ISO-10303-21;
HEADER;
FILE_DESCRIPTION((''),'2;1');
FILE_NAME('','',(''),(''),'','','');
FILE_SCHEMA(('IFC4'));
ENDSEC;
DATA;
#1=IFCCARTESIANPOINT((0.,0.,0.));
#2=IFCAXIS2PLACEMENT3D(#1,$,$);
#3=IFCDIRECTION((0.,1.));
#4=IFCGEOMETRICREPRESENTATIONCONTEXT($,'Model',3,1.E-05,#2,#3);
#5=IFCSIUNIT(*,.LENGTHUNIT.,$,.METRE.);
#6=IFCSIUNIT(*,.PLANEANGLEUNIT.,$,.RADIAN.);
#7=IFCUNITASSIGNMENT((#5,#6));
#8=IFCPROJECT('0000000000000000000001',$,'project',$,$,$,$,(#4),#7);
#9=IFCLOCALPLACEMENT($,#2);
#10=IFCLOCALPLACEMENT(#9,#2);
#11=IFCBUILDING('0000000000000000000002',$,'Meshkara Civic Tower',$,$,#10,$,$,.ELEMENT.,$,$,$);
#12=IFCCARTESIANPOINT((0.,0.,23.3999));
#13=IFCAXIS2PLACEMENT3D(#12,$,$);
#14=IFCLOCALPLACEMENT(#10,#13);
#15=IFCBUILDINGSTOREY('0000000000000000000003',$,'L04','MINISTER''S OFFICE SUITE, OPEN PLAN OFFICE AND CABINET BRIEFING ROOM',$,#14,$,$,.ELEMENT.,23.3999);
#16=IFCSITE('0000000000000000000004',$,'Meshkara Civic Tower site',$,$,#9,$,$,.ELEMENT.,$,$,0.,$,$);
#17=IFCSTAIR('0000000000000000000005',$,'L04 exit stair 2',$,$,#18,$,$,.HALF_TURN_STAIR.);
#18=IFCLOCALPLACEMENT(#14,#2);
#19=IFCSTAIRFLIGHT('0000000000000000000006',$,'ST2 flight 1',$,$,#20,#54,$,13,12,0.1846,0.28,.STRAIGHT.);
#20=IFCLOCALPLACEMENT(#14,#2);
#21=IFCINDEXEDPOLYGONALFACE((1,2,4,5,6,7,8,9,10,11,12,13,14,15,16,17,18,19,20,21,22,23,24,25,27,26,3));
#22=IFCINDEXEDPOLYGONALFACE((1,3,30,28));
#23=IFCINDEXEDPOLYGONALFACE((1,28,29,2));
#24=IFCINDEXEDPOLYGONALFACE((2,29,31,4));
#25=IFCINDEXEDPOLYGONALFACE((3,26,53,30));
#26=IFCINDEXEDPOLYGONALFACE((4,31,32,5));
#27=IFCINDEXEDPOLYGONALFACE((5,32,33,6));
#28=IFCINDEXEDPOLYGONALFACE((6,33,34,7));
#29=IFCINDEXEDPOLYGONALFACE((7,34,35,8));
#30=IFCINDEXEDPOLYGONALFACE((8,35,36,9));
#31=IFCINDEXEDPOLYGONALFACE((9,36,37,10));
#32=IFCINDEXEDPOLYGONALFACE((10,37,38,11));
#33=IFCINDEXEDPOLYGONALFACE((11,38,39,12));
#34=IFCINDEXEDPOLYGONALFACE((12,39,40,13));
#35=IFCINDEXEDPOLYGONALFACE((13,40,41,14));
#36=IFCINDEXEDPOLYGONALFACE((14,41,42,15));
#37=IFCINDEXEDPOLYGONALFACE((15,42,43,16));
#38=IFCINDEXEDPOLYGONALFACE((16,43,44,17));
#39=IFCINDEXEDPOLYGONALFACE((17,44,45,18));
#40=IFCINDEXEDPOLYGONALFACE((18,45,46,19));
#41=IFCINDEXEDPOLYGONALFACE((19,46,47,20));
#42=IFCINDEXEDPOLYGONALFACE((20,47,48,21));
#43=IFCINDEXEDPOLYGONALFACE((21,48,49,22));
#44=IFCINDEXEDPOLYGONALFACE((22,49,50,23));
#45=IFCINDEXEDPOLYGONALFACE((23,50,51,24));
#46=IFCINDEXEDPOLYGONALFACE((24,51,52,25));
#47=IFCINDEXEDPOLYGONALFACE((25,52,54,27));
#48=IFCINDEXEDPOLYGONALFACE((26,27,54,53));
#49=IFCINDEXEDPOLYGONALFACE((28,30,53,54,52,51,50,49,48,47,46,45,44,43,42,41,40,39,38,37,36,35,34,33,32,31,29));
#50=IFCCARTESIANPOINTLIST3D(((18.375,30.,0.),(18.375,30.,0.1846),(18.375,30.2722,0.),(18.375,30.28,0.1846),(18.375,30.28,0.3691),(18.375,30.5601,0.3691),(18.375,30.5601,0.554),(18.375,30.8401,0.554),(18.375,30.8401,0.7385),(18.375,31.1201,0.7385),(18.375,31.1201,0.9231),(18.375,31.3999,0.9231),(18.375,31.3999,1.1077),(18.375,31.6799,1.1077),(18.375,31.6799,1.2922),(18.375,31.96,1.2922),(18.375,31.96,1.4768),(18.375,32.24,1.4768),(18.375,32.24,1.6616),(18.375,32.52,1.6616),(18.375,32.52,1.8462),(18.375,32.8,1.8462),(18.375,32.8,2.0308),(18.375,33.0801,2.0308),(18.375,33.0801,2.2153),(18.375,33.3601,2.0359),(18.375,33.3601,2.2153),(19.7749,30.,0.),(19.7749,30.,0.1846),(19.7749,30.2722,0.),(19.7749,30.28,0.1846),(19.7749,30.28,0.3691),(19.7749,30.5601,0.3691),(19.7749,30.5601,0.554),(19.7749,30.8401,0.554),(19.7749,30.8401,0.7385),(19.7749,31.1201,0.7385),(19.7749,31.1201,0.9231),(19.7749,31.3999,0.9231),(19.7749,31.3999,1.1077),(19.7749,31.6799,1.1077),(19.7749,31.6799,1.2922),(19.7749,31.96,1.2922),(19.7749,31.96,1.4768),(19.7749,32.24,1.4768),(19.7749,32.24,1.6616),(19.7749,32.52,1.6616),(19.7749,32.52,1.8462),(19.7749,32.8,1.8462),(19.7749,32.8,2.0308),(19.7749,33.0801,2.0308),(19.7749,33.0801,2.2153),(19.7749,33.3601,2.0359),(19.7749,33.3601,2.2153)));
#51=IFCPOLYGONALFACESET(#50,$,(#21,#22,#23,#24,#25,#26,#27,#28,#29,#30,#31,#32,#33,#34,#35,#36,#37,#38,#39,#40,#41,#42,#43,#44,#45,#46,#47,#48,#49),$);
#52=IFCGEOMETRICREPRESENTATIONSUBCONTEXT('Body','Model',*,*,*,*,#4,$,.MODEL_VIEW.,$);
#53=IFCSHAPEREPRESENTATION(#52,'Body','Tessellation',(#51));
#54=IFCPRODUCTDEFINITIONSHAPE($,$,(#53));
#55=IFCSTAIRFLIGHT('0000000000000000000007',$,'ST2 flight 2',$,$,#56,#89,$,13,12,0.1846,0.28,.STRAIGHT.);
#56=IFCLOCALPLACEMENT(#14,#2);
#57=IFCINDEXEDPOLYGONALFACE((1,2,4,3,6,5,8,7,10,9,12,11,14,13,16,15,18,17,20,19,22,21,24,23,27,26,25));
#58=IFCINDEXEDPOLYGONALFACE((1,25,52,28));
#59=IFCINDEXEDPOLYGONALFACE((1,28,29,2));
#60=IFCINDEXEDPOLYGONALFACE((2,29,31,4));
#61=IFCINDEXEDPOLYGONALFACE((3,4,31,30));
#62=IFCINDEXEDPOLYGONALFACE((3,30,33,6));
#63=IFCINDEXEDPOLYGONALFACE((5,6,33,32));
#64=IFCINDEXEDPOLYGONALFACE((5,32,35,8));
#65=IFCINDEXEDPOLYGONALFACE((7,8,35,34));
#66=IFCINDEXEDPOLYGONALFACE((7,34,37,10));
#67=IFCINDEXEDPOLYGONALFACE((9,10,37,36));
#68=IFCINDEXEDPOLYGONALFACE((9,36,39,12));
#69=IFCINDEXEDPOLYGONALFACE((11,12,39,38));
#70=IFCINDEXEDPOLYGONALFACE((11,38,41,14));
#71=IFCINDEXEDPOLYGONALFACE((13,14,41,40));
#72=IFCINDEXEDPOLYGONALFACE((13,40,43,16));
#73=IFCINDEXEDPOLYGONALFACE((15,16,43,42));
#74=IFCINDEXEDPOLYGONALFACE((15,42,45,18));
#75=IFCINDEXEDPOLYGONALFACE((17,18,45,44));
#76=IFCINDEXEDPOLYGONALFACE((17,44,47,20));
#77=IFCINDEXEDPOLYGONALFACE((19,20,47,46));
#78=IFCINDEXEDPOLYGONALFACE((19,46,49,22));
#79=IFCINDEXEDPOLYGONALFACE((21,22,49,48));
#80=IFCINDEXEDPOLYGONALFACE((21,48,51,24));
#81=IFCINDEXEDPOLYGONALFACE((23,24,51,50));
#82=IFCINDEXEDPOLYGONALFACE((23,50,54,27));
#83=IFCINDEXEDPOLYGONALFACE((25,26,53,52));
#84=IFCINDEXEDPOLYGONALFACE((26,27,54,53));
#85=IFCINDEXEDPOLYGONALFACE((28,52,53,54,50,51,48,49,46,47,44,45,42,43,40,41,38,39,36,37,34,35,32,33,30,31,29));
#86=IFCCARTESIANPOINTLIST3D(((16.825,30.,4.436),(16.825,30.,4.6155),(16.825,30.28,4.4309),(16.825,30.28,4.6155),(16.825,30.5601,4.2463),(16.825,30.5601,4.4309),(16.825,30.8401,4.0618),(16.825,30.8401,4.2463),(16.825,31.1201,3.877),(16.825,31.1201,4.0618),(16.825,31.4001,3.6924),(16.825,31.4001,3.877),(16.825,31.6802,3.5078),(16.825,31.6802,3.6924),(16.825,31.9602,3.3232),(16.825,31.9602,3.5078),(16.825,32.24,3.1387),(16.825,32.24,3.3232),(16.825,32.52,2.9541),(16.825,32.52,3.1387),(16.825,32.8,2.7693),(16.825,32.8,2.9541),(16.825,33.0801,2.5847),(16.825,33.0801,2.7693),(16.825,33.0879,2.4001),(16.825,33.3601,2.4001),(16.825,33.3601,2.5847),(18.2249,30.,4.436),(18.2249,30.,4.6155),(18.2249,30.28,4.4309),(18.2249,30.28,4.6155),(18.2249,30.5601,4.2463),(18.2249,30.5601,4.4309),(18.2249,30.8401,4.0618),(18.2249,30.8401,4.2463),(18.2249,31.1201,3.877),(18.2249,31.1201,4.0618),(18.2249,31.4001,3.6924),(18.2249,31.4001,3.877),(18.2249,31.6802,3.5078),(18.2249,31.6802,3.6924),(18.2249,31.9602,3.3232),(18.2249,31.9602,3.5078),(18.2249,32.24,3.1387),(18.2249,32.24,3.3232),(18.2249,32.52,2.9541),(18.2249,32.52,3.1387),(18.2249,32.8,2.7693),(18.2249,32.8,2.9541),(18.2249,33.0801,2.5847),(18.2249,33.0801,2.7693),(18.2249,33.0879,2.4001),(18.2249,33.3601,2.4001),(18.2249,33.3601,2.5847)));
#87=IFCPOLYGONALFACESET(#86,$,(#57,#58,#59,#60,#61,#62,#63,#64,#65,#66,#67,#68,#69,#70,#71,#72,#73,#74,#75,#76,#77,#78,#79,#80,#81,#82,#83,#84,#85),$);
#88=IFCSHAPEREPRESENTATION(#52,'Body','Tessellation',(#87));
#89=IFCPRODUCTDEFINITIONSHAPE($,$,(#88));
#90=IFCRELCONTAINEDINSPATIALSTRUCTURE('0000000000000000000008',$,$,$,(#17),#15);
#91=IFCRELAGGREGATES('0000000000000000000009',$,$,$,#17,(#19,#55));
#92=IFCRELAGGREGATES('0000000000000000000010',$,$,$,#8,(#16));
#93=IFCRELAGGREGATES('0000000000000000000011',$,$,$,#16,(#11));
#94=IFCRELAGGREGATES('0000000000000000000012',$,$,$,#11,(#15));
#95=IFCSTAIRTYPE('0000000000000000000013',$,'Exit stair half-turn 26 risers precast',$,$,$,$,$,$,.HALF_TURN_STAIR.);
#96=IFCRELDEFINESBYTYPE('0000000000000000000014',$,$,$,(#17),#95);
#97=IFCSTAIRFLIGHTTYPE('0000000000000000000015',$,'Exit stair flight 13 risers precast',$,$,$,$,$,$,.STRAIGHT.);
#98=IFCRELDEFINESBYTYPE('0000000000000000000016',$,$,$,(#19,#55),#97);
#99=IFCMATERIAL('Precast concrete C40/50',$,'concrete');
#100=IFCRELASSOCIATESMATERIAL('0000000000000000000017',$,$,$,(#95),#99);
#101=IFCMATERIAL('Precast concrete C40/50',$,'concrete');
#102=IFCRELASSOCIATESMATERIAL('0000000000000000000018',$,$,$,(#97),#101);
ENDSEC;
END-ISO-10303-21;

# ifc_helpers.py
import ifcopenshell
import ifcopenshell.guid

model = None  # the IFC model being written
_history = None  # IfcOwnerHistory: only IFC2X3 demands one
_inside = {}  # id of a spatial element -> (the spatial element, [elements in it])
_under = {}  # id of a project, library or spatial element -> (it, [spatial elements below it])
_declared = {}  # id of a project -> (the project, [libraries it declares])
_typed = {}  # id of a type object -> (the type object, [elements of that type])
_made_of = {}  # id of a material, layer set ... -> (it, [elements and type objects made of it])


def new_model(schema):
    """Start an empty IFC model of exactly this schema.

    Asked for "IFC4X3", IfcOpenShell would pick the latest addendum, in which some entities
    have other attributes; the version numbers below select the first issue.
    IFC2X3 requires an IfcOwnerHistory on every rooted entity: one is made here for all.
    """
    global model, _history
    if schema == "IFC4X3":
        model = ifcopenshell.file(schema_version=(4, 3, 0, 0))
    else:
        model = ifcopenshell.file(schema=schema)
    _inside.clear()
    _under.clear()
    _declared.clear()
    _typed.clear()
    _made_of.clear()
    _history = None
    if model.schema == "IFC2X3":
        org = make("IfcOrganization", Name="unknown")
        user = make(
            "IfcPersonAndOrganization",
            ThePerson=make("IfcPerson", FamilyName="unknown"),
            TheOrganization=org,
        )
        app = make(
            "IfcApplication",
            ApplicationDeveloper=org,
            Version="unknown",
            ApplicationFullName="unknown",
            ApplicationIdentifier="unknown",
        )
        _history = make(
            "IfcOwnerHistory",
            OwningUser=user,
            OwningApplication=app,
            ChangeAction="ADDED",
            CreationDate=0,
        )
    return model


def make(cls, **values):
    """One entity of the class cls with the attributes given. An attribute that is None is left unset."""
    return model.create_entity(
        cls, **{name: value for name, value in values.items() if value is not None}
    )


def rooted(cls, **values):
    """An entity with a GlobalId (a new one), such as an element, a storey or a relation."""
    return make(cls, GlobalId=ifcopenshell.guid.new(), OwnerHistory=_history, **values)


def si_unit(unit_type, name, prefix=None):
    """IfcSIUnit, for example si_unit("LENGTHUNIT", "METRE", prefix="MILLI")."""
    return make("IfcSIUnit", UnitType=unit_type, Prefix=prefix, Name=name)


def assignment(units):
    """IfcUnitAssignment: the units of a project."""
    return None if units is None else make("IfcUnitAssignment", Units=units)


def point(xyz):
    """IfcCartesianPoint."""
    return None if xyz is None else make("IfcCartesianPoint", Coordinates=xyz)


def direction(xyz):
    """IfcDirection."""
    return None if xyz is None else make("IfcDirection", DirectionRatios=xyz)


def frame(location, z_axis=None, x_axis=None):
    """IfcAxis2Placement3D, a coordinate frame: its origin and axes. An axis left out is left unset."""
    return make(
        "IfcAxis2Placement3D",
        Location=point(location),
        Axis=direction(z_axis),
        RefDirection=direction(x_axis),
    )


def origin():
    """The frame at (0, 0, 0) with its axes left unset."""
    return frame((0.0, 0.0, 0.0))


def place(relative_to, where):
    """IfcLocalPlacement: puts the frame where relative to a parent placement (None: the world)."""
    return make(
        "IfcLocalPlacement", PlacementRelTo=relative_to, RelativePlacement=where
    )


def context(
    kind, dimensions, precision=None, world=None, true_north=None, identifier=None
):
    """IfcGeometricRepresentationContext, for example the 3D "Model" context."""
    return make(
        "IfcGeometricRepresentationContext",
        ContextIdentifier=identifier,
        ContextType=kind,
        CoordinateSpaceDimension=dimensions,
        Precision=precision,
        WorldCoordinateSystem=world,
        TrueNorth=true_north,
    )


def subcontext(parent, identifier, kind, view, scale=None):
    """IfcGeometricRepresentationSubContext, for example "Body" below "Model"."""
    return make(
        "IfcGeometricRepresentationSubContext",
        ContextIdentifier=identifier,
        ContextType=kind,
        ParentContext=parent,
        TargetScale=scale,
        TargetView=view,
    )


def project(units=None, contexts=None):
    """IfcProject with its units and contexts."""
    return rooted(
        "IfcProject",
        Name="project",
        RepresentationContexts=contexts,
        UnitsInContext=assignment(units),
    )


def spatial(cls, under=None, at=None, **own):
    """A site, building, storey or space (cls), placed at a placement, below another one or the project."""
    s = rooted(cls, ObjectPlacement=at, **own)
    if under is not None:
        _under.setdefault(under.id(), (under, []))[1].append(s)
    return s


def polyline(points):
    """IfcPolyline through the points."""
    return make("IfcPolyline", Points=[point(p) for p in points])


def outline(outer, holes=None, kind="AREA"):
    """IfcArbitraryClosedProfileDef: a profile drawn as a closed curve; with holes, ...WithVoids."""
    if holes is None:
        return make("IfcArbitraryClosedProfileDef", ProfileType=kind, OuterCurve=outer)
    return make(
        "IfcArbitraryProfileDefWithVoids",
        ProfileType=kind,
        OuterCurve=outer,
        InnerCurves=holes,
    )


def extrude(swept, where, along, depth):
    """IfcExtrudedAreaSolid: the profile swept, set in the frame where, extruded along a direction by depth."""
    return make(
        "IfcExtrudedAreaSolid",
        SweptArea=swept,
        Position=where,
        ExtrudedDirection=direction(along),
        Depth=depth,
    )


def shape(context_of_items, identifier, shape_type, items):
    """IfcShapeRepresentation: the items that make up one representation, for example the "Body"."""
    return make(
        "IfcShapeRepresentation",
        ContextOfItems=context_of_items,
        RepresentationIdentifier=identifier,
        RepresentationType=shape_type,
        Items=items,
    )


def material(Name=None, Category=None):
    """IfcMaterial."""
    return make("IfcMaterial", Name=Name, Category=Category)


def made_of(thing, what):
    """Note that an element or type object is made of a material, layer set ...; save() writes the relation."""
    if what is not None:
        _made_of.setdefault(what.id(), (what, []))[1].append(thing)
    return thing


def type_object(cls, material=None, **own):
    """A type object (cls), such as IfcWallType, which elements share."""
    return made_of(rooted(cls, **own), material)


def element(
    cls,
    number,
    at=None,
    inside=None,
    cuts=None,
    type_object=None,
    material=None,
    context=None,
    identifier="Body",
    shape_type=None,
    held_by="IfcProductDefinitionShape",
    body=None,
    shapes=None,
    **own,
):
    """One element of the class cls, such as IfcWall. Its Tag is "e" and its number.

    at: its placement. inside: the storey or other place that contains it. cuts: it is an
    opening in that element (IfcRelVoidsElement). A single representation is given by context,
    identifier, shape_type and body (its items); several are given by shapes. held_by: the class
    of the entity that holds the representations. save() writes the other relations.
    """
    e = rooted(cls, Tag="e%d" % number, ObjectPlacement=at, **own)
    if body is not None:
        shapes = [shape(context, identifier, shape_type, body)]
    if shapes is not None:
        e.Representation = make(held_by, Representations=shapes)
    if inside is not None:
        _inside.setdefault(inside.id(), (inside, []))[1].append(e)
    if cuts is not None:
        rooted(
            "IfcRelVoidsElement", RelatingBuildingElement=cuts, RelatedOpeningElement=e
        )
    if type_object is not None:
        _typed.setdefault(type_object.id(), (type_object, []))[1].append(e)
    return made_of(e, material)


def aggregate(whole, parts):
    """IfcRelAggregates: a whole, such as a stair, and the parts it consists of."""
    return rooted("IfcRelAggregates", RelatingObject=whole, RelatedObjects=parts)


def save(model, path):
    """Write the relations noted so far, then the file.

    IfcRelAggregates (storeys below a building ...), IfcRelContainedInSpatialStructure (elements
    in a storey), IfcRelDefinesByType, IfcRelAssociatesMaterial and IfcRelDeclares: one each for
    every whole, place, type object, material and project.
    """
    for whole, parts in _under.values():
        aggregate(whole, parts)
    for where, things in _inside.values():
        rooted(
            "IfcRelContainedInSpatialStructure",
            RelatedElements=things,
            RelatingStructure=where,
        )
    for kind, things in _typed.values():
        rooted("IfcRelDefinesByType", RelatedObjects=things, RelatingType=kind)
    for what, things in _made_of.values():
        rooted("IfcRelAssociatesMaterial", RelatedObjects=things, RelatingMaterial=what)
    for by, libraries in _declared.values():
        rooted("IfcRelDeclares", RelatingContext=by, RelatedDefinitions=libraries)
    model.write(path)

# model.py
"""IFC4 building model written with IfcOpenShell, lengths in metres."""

from ifc_helpers import new_model, si_unit, direction, frame, origin, place, context, subcontext, project, spatial, polyline, outline, extrude, material, type_object, element, aggregate, save


model = new_model("IFC4")

# Units and contexts
model_context = context("Model", 3, precision=1e-05, world=origin(), true_north=direction((0.0, 1.0)))
body_context = subcontext(model_context, "Body", "Model", "MODEL_VIEW")
ifc_project = project(units=[si_unit("LENGTHUNIT", "METRE"), si_unit("PLANEANGLEUNIT", "RADIAN")], contexts=[model_context])

# Site, building, storey
site_placement = place(None, origin())
site = spatial("IfcSite", under=ifc_project, at=site_placement, Name="Meshkara Civic Tower site", CompositionType="ELEMENT", RefElevation=0.0)
building_placement = place(site_placement, origin())
building = spatial("IfcBuilding", under=site, at=building_placement, Name="Meshkara Civic Tower", CompositionType="ELEMENT")
storey_placement = place(building_placement, frame((0.0, 0.0, 23.3999)))
storey = spatial("IfcBuildingStorey", under=building, at=storey_placement, Name="L04", Description="MINISTER'S OFFICE SUITE, OPEN PLAN OFFICE AND CABINET BRIEFING ROOM", CompositionType="ELEMENT", Elevation=23.3999)

# Stair, stair flights
ifc_material_1 = material(Name="Precast concrete C40/50", Category="concrete")
stair_type = type_object("IfcStairType", Name="Exit stair half-turn 26 risers precast", PredefinedType="HALF_TURN_STAIR", material=ifc_material_1)
ifc_material_2 = material(Name="Precast concrete C40/50", Category="concrete")
stair_flight_type = type_object("IfcStairFlightType", Name="Exit stair flight 13 risers precast", PredefinedType="STRAIGHT", material=ifc_material_2)
stair_1_placement = place(storey_placement, origin())
stair_1 = element("IfcStair", 1, at=stair_1_placement, inside=storey, type_object=stair_type, Name="L04 exit stair 2", PredefinedType="HALF_TURN_STAIR")
stair_flight_1_placement = place(storey_placement, frame((19.075, 30.0, 0.0), z_axis=(0.0, 0.0, 1.0), x_axis=(0.0, 1.0, 0.0)))
stair_flight_1 = element("IfcStairFlight", 2, at=stair_flight_1_placement, type_object=stair_flight_type, Name="ST2 flight 1", NumberOfRisers=13, NumberOfTreads=12, PredefinedType="STRAIGHT", RiserHeight=0.1846, TreadLength=0.28, context=body_context, shape_type="SweptSolid", body=[
    extrude(outline(polyline([(0.0, 0.0), (0.0, 0.1846), (0.28, 0.1846), (0.28, 0.3691), (0.5601, 0.3691), (0.5601, 0.554), (0.8401, 0.554), (0.8401, 0.7385), (1.1201, 0.7385), (1.1201, 0.9231), (1.3999, 0.9231), (1.3999, 1.1077), (1.6799, 1.1077), (1.6799, 1.2922), (1.96, 1.2922), (1.96, 1.4768), (2.24, 1.4768), (2.24, 1.6616), (2.52, 1.6616), (2.52, 1.8462), (2.8, 1.8462), (2.8, 2.0308), (3.0801, 2.0308), (3.0801, 2.2153), (3.3601, 2.2153), (3.3601, 2.3999), (3.3601, 2.0359), (0.2722, 0.0), (0.0, 0.0)])), frame((0.0, 0.7, 0.0), z_axis=(0.0, -1.0, 0.0), x_axis=(1.0, 0.0, 0.0)), (0.0, 0.0, 1.0), 1.3999),
])
stair_flight_2_placement = place(storey_placement, frame((17.5249, 33.3601, 2.4001), z_axis=(0.0, 0.0, 1.0), x_axis=(0.0, -1.0, 0.0)))
stair_flight_2 = element("IfcStairFlight", 3, at=stair_flight_2_placement, type_object=stair_flight_type, Name="ST2 flight 2", NumberOfRisers=13, NumberOfTreads=12, PredefinedType="STRAIGHT", RiserHeight=0.1846, TreadLength=0.28, context=body_context, shape_type="SweptSolid", body=[
    extrude(outline(polyline([(0.0, 0.0), (0.0, 0.1846), (0.28, 0.1846), (0.28, 0.3691), (0.5601, 0.3691), (0.5601, 0.554), (0.8401, 0.554), (0.8401, 0.7385), (1.1201, 0.7385), (1.1201, 0.9231), (1.3999, 0.9231), (1.3999, 1.1077), (1.6799, 1.1077), (1.6799, 1.2922), (1.96, 1.2922), (1.96, 1.4768), (2.24, 1.4768), (2.24, 1.6616), (2.52, 1.6616), (2.52, 1.8462), (2.8, 1.8462), (2.8, 2.0308), (3.0801, 2.0308), (3.0801, 2.2153), (3.3601, 2.2153), (3.3601, 2.3999), (3.3601, 2.0359), (0.2722, 0.0), (0.0, 0.0)])), frame((0.0, 0.7, 0.0), z_axis=(0.0, -1.0, 0.0), x_axis=(1.0, 0.0, 0.0)), (0.0, 0.0, 1.0), 1.3999),
])
aggregate(stair_1, [stair_flight_1, stair_flight_2])

save(model, "model.ifc")
